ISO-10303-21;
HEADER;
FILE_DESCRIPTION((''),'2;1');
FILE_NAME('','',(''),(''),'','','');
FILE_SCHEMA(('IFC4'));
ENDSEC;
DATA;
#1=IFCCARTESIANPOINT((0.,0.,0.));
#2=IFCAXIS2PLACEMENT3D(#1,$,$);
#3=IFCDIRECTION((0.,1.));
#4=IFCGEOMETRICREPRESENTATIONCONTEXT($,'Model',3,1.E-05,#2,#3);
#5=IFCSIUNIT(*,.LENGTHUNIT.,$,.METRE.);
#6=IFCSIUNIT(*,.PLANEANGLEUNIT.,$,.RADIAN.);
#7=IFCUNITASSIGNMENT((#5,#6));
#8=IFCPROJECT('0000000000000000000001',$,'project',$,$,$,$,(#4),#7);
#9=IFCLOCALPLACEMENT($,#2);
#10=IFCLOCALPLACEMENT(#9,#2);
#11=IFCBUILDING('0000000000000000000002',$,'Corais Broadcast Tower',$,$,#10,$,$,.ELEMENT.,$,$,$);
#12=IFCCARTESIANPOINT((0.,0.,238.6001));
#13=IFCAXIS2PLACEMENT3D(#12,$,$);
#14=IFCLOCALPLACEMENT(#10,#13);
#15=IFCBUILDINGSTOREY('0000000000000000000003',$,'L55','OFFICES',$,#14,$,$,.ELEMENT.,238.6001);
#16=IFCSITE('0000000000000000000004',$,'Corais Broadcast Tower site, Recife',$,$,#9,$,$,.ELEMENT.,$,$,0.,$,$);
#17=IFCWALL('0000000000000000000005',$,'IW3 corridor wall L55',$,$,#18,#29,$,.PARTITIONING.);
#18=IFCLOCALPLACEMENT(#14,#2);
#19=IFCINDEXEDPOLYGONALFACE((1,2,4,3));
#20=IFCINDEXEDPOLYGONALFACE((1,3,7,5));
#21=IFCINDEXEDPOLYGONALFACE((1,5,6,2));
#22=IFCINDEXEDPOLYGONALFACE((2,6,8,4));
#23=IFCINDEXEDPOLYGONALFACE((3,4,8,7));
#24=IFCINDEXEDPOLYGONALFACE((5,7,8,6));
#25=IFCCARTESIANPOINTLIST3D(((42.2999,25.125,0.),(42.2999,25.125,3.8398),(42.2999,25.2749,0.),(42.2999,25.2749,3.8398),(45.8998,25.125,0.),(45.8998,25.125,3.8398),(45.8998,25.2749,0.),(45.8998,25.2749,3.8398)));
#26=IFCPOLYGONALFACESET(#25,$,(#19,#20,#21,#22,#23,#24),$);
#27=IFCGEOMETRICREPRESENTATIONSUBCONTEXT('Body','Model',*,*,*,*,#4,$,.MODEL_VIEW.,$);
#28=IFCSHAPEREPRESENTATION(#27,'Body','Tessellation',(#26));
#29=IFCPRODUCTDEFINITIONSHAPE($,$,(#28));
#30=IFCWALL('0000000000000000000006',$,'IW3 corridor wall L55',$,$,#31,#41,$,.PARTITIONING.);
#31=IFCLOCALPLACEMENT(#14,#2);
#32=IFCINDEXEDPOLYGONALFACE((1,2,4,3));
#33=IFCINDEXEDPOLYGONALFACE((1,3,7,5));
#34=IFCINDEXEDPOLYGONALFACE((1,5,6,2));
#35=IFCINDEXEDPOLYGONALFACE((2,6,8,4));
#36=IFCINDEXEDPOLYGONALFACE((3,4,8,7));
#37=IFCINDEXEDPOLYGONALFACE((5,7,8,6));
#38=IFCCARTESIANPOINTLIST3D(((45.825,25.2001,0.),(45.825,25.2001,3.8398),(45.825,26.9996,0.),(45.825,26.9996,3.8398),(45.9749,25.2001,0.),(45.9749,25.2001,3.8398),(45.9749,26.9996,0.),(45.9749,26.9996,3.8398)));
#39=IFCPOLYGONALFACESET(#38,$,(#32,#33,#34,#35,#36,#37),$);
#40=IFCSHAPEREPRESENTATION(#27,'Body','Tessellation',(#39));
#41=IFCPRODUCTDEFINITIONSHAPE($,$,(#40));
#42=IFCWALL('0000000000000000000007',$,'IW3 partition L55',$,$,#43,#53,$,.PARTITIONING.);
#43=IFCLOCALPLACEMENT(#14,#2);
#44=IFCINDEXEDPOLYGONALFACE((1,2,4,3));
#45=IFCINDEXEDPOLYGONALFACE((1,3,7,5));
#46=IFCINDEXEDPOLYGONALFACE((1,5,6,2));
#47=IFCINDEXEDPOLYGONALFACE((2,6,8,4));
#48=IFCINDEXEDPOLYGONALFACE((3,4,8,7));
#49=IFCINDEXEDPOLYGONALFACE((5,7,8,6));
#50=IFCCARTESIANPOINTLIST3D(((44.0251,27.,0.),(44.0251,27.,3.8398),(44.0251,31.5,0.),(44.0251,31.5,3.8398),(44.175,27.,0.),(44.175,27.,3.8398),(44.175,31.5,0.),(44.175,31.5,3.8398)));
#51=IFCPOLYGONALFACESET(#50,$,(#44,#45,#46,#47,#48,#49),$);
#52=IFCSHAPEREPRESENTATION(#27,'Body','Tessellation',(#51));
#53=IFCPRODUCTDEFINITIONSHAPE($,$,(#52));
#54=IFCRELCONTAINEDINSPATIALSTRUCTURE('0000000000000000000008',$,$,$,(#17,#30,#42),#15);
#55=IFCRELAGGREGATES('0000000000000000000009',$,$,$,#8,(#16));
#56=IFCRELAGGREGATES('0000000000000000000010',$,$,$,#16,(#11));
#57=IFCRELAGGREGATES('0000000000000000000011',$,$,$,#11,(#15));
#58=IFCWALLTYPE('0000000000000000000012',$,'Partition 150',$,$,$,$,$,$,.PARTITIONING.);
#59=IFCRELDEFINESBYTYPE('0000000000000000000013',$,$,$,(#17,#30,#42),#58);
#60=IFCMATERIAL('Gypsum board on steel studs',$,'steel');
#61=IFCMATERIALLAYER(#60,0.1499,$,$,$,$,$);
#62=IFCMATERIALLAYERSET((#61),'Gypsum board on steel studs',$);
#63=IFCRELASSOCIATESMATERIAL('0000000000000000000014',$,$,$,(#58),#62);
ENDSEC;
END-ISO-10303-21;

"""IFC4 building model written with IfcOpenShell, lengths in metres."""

from ifc_helpers import new_model, si_unit, direction, frame, frame_2d, origin, place, context, subcontext, project, spatial, rectangle, extrude, material, layer, layer_set, type_object, element, save


model = new_model("IFC4")

# Units and contexts
model_context = context("Model", 3, precision=1e-05, world=origin(), true_north=direction((0.0, 1.0)))
body_context = subcontext(model_context, "Body", "Model", "MODEL_VIEW")
ifc_project = project(units=[si_unit("LENGTHUNIT", "METRE"), si_unit("PLANEANGLEUNIT", "RADIAN")], contexts=[model_context])

# Site, building, storey
site_placement = place(None, origin())
site = spatial("IfcSite", under=ifc_project, at=site_placement, Name="Corais Broadcast Tower site, Recife", CompositionType="ELEMENT", RefElevation=0.0)
building_placement = place(site_placement, origin())
building = spatial("IfcBuilding", under=site, at=building_placement, Name="Corais Broadcast Tower", CompositionType="ELEMENT")
storey_placement = place(building_placement, frame((0.0, 0.0, 238.6001)))
storey = spatial("IfcBuildingStorey", under=building, at=storey_placement, Name="L55", Description="OFFICES", CompositionType="ELEMENT", Elevation=238.6001)

# Walls
ifc_material_1 = material(Name="Gypsum board on steel studs", Category="steel")
ifc_layer_1 = layer(ifc_material_1, 0.1499)
ifc_layer_set_1 = layer_set([ifc_layer_1], Name="Gypsum board on steel studs")
wall_type = type_object("IfcWallType", Name="Partition 150", PredefinedType="PARTITIONING", material=ifc_layer_set_1)
wall_1_placement = place(storey_placement, frame((42.3, 25.2, 0.0), z_axis=(0.0, 0.0, 1.0), x_axis=(1.0, 0.0, 0.0)))
element("IfcWall", 1, at=wall_1_placement, inside=storey, type_object=wall_type, Name="IW3 corridor wall L55", PredefinedType="PARTITIONING", context=body_context, shape_type="SweptSolid", body=[
    extrude(rectangle(XDim=3.5999, YDim=0.1499, at=frame_2d((1.7998, 0.0))), origin(), (0.0, 0.0, 1.0), 3.8398),
])
wall_2_placement = place(storey_placement, frame((45.8999, 25.2, 0.0), z_axis=(0.0, 0.0, 1.0), x_axis=(0.0, 1.0, 0.0)))
element("IfcWall", 2, at=wall_2_placement, inside=storey, type_object=wall_type, Name="IW3 corridor wall L55", PredefinedType="PARTITIONING", context=body_context, shape_type="SweptSolid", body=[
    extrude(rectangle(XDim=1.7996, YDim=0.1499, at=frame_2d((0.8999, 0.0))), origin(), (0.0, 0.0, 1.0), 3.8398),
])
wall_3_placement = place(storey_placement, frame((44.1001, 27.0, 0.0), z_axis=(0.0, 0.0, 1.0), x_axis=(0.0, 1.0, 0.0)))
element("IfcWall", 3, at=wall_3_placement, inside=storey, type_object=wall_type, Name="IW3 partition L55", PredefinedType="PARTITIONING", context=body_context, shape_type="SweptSolid", body=[
    extrude(rectangle(XDim=4.5, YDim=0.1499, at=frame_2d((2.25, 0.0))), origin(), (0.0, 0.0, 1.0), 3.8398),
])

save(model, "model.ifc")
